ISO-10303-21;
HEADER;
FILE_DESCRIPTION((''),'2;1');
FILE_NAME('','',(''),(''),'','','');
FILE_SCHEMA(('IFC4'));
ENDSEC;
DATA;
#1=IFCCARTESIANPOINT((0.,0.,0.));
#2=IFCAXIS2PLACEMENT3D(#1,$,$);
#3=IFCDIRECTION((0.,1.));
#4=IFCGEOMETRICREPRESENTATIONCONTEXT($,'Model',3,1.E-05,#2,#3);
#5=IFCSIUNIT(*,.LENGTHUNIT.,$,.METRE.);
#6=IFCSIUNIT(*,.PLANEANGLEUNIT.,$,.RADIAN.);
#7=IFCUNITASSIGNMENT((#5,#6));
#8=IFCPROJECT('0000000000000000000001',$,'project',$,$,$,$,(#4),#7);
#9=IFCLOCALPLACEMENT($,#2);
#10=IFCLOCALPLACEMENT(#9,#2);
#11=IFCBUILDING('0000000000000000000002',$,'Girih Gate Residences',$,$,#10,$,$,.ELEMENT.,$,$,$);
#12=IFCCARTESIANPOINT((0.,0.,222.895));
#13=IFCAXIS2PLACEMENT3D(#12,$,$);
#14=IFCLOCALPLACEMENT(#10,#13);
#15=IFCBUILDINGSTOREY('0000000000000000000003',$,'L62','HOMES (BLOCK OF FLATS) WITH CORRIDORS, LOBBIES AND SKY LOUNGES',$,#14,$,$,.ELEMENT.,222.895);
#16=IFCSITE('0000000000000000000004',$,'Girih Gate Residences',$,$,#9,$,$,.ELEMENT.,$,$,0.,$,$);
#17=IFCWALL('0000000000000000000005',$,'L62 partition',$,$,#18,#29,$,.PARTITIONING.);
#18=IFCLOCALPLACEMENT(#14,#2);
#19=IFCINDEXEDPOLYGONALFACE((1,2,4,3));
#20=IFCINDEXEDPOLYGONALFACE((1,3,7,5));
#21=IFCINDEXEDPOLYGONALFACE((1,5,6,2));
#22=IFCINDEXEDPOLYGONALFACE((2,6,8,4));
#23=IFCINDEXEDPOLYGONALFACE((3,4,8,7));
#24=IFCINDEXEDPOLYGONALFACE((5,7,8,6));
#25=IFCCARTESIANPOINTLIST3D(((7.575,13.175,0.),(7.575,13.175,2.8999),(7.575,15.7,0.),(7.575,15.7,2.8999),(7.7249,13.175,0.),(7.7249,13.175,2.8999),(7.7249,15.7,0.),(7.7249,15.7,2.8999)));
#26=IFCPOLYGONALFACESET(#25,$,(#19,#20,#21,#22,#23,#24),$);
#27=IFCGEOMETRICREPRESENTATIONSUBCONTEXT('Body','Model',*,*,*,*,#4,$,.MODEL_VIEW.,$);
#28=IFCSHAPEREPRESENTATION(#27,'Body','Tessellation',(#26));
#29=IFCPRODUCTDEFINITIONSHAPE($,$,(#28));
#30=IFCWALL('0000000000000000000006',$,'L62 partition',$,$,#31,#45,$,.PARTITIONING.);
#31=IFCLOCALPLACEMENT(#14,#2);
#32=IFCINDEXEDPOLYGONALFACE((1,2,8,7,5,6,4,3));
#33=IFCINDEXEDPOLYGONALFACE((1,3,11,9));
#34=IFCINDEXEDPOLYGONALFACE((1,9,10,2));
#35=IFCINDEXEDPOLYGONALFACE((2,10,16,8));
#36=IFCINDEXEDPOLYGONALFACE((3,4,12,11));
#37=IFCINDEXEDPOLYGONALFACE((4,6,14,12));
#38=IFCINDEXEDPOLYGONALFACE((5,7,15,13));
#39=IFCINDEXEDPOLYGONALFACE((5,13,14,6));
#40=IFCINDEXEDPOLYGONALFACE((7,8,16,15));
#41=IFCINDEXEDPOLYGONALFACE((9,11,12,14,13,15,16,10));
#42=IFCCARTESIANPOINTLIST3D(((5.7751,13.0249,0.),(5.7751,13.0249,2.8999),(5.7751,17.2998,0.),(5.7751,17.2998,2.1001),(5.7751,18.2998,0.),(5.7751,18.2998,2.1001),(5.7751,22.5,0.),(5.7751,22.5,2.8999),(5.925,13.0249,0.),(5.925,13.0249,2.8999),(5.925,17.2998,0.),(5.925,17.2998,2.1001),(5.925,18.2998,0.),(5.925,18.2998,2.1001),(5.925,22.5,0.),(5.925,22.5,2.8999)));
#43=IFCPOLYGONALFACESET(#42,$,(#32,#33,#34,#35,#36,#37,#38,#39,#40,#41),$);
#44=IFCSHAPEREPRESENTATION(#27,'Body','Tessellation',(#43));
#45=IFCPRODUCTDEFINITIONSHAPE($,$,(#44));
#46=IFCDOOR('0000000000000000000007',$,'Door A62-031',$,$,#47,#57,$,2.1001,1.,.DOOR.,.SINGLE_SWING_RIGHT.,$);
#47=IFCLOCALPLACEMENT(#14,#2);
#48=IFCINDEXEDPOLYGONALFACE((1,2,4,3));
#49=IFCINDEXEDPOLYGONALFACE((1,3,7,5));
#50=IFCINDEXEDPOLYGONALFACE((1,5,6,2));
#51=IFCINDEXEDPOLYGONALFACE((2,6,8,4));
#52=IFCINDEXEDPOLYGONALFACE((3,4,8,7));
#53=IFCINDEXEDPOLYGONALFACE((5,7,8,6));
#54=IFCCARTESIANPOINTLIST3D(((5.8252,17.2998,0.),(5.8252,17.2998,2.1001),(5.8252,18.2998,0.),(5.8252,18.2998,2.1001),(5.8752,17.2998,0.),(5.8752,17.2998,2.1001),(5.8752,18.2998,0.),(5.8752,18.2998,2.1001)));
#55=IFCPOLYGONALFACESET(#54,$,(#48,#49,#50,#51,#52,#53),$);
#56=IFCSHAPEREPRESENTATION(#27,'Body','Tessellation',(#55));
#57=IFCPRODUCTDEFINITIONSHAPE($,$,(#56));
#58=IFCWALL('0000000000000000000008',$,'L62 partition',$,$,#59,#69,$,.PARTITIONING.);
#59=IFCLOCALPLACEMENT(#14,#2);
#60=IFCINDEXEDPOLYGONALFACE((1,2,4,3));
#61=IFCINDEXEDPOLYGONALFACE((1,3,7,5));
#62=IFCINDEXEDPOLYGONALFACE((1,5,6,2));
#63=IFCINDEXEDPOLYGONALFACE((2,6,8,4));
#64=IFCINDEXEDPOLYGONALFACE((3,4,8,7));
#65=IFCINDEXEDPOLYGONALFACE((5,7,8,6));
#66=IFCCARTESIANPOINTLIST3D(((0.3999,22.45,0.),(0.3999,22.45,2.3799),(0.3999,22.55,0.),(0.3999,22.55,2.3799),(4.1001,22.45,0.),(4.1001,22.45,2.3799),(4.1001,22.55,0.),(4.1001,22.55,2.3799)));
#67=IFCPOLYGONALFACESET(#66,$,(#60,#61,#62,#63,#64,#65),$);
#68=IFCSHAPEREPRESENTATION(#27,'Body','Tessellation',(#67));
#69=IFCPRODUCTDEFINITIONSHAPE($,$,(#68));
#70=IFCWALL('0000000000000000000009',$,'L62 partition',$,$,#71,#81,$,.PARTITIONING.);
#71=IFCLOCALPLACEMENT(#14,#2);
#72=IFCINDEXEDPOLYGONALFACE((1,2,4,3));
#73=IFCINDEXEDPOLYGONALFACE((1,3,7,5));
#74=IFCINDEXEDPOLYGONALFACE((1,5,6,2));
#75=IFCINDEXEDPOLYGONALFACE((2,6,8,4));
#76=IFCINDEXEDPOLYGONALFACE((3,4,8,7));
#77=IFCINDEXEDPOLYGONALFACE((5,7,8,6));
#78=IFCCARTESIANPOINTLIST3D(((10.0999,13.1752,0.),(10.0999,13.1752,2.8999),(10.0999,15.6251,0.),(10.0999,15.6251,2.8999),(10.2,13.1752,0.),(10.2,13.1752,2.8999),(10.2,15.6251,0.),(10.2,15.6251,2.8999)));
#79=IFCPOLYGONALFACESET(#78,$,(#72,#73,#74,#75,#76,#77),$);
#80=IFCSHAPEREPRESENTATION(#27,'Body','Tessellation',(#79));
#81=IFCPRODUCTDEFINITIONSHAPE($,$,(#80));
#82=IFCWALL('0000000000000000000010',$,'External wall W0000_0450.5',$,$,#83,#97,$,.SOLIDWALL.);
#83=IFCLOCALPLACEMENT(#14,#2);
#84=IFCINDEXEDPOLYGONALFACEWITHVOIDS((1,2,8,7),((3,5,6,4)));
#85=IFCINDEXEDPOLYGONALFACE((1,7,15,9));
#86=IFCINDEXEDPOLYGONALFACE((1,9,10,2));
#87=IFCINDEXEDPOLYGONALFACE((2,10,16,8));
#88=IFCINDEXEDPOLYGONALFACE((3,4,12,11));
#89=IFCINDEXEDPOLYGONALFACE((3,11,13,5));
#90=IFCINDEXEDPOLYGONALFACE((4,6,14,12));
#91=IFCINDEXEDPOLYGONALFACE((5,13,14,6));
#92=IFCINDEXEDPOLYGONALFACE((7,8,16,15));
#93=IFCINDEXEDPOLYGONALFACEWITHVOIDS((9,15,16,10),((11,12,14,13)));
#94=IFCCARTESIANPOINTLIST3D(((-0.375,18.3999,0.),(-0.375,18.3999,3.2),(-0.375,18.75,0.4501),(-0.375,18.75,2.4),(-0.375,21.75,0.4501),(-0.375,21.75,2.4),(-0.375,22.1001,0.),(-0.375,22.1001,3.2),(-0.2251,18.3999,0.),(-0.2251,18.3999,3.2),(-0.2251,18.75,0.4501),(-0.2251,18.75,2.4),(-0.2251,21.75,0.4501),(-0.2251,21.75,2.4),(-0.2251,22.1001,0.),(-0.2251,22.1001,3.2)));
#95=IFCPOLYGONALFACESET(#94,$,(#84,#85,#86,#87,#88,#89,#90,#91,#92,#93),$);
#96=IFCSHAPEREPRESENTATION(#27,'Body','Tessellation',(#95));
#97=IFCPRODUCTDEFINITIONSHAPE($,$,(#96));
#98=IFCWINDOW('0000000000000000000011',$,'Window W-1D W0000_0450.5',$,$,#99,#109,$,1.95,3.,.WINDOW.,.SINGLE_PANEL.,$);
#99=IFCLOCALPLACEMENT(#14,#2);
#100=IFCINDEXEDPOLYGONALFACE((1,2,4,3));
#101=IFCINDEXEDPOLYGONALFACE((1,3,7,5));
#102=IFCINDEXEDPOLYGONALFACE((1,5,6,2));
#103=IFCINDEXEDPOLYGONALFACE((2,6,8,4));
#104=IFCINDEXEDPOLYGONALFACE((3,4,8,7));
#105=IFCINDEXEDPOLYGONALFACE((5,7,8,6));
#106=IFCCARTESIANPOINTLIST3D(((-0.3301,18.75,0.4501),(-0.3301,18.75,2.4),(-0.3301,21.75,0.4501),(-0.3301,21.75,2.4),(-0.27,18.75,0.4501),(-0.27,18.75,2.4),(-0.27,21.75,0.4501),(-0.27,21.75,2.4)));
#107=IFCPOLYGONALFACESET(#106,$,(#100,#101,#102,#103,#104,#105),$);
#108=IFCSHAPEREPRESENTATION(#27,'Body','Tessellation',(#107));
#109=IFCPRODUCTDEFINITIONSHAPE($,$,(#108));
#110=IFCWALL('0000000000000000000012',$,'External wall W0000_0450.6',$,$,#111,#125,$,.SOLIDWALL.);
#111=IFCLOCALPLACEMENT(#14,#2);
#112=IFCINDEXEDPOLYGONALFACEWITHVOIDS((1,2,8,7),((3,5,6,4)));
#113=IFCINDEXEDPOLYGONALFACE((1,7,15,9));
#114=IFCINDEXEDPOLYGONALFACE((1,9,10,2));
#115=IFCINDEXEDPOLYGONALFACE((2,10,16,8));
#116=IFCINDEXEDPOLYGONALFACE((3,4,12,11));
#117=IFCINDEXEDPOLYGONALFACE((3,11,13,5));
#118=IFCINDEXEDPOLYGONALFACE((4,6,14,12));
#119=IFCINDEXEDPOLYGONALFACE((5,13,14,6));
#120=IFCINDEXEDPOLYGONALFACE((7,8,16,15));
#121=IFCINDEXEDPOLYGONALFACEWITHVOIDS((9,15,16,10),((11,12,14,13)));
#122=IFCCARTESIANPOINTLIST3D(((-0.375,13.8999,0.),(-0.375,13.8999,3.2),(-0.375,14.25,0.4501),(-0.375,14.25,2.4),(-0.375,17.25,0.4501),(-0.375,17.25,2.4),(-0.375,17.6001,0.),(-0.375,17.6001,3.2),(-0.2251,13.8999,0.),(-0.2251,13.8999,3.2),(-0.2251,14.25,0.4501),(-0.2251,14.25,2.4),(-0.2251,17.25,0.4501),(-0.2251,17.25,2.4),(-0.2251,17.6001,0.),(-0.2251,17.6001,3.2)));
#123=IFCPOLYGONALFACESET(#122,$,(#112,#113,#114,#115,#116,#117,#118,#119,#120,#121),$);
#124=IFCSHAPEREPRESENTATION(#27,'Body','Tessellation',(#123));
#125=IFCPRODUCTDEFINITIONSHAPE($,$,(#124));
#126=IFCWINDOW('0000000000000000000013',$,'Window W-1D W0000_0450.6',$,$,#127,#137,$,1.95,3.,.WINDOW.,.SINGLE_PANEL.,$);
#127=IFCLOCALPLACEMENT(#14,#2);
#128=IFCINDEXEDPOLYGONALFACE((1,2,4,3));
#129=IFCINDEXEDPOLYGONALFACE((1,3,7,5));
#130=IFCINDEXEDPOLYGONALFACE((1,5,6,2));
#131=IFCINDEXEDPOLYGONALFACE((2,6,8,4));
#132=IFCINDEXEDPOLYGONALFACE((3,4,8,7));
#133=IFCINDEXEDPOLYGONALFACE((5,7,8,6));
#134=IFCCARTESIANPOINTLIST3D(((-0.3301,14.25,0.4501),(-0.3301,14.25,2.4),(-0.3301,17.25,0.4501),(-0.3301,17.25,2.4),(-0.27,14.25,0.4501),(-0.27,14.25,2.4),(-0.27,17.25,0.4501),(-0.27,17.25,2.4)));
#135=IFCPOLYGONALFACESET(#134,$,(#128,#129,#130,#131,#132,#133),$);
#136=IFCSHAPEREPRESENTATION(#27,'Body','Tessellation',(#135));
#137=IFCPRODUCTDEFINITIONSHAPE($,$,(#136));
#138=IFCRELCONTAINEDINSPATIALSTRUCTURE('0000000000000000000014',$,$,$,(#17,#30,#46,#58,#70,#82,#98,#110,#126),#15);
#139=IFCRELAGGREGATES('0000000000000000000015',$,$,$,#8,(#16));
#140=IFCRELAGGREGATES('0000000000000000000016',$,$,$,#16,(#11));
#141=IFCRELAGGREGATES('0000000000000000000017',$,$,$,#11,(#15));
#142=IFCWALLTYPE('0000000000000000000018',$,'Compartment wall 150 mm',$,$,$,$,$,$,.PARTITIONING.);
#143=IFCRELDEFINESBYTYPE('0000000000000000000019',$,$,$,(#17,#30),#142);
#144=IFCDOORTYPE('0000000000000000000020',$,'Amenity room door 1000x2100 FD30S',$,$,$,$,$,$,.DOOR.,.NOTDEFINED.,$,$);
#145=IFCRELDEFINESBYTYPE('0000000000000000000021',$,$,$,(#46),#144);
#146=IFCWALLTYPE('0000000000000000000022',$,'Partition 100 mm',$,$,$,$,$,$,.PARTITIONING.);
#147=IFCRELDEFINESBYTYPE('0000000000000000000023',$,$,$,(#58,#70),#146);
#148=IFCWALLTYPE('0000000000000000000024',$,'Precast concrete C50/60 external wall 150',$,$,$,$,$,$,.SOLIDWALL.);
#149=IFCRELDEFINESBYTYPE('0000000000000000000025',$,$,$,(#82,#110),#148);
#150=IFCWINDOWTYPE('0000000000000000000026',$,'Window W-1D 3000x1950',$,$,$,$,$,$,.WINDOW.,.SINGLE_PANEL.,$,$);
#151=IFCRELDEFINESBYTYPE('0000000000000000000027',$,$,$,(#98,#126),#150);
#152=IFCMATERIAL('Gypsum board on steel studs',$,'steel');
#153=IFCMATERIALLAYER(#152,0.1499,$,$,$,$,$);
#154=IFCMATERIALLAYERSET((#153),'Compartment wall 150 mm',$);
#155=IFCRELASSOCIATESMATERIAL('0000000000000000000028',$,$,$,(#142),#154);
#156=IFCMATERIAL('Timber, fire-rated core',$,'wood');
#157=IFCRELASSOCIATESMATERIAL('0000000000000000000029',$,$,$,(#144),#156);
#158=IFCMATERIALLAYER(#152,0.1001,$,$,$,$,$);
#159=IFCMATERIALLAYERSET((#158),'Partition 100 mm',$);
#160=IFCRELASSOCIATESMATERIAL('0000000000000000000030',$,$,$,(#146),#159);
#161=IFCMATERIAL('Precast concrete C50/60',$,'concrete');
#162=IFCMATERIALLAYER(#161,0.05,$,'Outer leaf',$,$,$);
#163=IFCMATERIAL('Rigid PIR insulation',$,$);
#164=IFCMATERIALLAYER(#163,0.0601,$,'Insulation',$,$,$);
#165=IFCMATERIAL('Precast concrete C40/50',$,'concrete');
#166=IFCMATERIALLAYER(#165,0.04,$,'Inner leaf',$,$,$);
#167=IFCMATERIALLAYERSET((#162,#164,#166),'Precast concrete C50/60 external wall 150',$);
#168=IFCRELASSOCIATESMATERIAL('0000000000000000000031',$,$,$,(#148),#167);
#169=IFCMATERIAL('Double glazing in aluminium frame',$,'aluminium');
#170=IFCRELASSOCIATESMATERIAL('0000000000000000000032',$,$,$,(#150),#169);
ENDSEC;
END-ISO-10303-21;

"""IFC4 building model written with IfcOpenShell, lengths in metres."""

from ifc_helpers import new_model, si_unit, direction, frame, frame_2d, origin, place, context, subcontext, project, spatial, rectangle, extrude, material, layer, layer_set, type_object, element, fill, save


model = new_model("IFC4")

# Units and contexts
model_context = context("Model", 3, precision=1e-05, world=origin(), true_north=direction((0.0, 1.0)))
body_context = subcontext(model_context, "Body", "Model", "MODEL_VIEW")
ifc_project = project(units=[si_unit("LENGTHUNIT", "METRE"), si_unit("PLANEANGLEUNIT", "RADIAN")], contexts=[model_context])

# Site, building, storey
site_placement = place(None, origin())
site = spatial("IfcSite", under=ifc_project, at=site_placement, Name="Girih Gate Residences", CompositionType="ELEMENT", RefElevation=0.0)
building_placement = place(site_placement, origin())
building = spatial("IfcBuilding", under=site, at=building_placement, Name="Girih Gate Residences", CompositionType="ELEMENT")
storey_placement = place(building_placement, frame((0.0, 0.0, 222.895)))
storey = spatial("IfcBuildingStorey", under=building, at=storey_placement, Name="L62", Description="HOMES (BLOCK OF FLATS) WITH CORRIDORS, LOBBIES AND SKY LOUNGES", CompositionType="ELEMENT", Elevation=222.895)

# Shared definitions
ifc_material_1 = material(Name="Gypsum board on steel studs", Category="steel")
ifc_layer_1 = layer(ifc_material_1, 0.1499)
ifc_layer_set_1 = layer_set([ifc_layer_1], Name="Compartment wall 150 mm")
wall_type_1 = type_object("IfcWallType", Name="Compartment wall 150 mm", PredefinedType="PARTITIONING", material=ifc_layer_set_1)

# Wall
wall_1_placement = place(storey_placement, frame((7.6499, 13.175, 0.0), z_axis=(0.0, 0.0, 1.0), x_axis=(0.0, 1.0, 0.0)))
element("IfcWall", 1, at=wall_1_placement, inside=storey, type_object=wall_type_1, Name="L62 partition", PredefinedType="PARTITIONING", context=body_context, shape_type="SweptSolid", body=[
    extrude(rectangle(XDim=2.5249, YDim=0.1499, at=frame_2d((1.2625, 0.0))), origin(), (0.0, 0.0, 1.0), 2.8999),
])

# Wall, opening, door
wall_2_placement = place(storey_placement, frame((5.8501, 13.0249, 0.0), z_axis=(0.0, 0.0, 1.0), x_axis=(0.0, 1.0, 0.0)))
wall_2 = element("IfcWall", 2, at=wall_2_placement, inside=storey, type_object=wall_type_1, Name="L62 partition", PredefinedType="PARTITIONING", context=body_context, shape_type="SweptSolid", body=[
    extrude(rectangle(XDim=9.4751, YDim=0.1499, at=frame_2d((4.7375, 0.0))), origin(), (0.0, 0.0, 1.0), 2.8999),
])
opening_1_placement = place(wall_2_placement, frame((4.2749, 0.0, 0.0)))
opening_1 = element("IfcOpeningElement", 3, at=opening_1_placement, cuts=wall_2, PredefinedType="OPENING", context=body_context, shape_type="SweptSolid", body=[
    extrude(rectangle(XDim=1.0, YDim=2.1001, at=frame_2d((0.5, 1.05))), frame((0.0, 0.085, 0.0), z_axis=(0.0, -1.0, 0.0), x_axis=(1.0, 0.0, 0.0)), (0.0, 0.0, 1.0), 0.1699),
])
ifc_material_2 = material(Name="Timber, fire-rated core", Category="wood")
door_type_1 = type_object("IfcDoorType", Name="Amenity room door 1000x2100 FD30S", OperationType="NOTDEFINED", PredefinedType="DOOR", material=ifc_material_2)
door_1_placement = place(opening_1_placement, origin())
door_1 = element("IfcDoor", 4, at=door_1_placement, inside=storey, type_object=door_type_1, Name="Door A62-031", OperationType="SINGLE_SWING_RIGHT", OverallHeight=2.1001, OverallWidth=1.0, PredefinedType="DOOR", context=body_context, shape_type="SweptSolid", body=[
    extrude(rectangle(XDim=1.0, YDim=2.1001, at=frame_2d((0.5, 1.05))), frame((0.0, 0.0249, 0.0), z_axis=(0.0, -1.0, 0.0), x_axis=(1.0, 0.0, 0.0)), (0.0, 0.0, 1.0), 0.05),
])
fill(opening_1, door_1)

# Walls
ifc_layer_2 = layer(ifc_material_1, 0.1001)
ifc_layer_set_2 = layer_set([ifc_layer_2], Name="Partition 100 mm")
wall_type_2 = type_object("IfcWallType", Name="Partition 100 mm", PredefinedType="PARTITIONING", material=ifc_layer_set_2)
wall_3_placement = place(storey_placement, frame((0.3999, 22.5, 0.0), z_axis=(0.0, 0.0, 1.0), x_axis=(1.0, 0.0, 0.0)))
element("IfcWall", 5, at=wall_3_placement, inside=storey, type_object=wall_type_2, Name="L62 partition", PredefinedType="PARTITIONING", context=body_context, shape_type="SweptSolid", body=[
    extrude(rectangle(XDim=3.7002, YDim=0.1001, at=frame_2d((1.8501, 0.0))), origin(), (0.0, 0.0, 1.0), 2.3799),
])
wall_4_placement = place(storey_placement, frame((10.1499, 13.175, 0.0), z_axis=(0.0, 0.0, 1.0), x_axis=(0.0, 1.0, 0.0)))
element("IfcWall", 6, at=wall_4_placement, inside=storey, type_object=wall_type_2, Name="L62 partition", PredefinedType="PARTITIONING", context=body_context, shape_type="SweptSolid", body=[
    extrude(rectangle(XDim=2.45, YDim=0.1001, at=frame_2d((1.2251, 0.0))), origin(), (0.0, 0.0, 1.0), 2.8999),
])

# Walls, openings, windows
ifc_material_3 = material(Name="Precast concrete C50/60", Category="concrete")
ifc_layer_3 = layer(ifc_material_3, 0.05, Name="Outer leaf")
ifc_material_4 = material(Name="Rigid PIR insulation")
ifc_layer_4 = layer(ifc_material_4, 0.0601, Name="Insulation")
ifc_material_5 = material(Name="Precast concrete C40/50", Category="concrete")
ifc_layer_5 = layer(ifc_material_5, 0.04, Name="Inner leaf")
ifc_layer_set_3 = layer_set([ifc_layer_3, ifc_layer_4, ifc_layer_5], Name="Precast concrete C50/60 external wall 150")
wall_type_3 = type_object("IfcWallType", Name="Precast concrete C50/60 external wall 150", PredefinedType="SOLIDWALL", material=ifc_layer_set_3)
wall_5_placement = place(storey_placement, frame((-0.3, 18.3999, 0.0), z_axis=(0.0, 0.0, 1.0), x_axis=(0.0, 1.0, 0.0)))
wall_5 = element("IfcWall", 7, at=wall_5_placement, inside=storey, type_object=wall_type_3, Name="External wall W0000_0450.5", PredefinedType="SOLIDWALL", context=body_context, shape_type="SweptSolid", body=[
    extrude(rectangle(XDim=3.7002, YDim=0.1499, at=frame_2d((1.8501, 0.0))), origin(), (0.0, 0.0, 1.0), 3.2),
])
opening_2_placement = place(wall_5_placement, frame((0.3501, 0.0, 0.45)))
opening_2 = element("IfcOpeningElement", 8, at=opening_2_placement, cuts=wall_5, PredefinedType="OPENING", context=body_context, shape_type="SweptSolid", body=[
    extrude(rectangle(XDim=3.0, YDim=1.95, at=frame_2d((1.5, 0.9751))), frame((0.0, 0.085, 0.0), z_axis=(0.0, -1.0, 0.0), x_axis=(1.0, 0.0, 0.0)), (0.0, 0.0, 1.0), 0.1699),
])
ifc_material_6 = material(Name="Double glazing in aluminium frame", Category="aluminium")
window_type = type_object("IfcWindowType", Name="Window W-1D 3000x1950", PartitioningType="SINGLE_PANEL", PredefinedType="WINDOW", material=ifc_material_6)
window_1_placement = place(opening_2_placement, origin())
window_1 = element("IfcWindow", 9, at=window_1_placement, inside=storey, type_object=window_type, Name="Window W-1D W0000_0450.5", OverallHeight=1.95, OverallWidth=3.0, PartitioningType="SINGLE_PANEL", PredefinedType="WINDOW", context=body_context, shape_type="SweptSolid", body=[
    extrude(rectangle(XDim=3.0, YDim=1.95, at=frame_2d((1.5, 0.9751))), frame((0.0, 0.03, 0.0), z_axis=(0.0, -1.0, 0.0), x_axis=(1.0, 0.0, 0.0)), (0.0, 0.0, 1.0), 0.0601),
])
fill(opening_2, window_1)
wall_6_placement = place(storey_placement, frame((-0.3, 13.8999, 0.0), z_axis=(0.0, 0.0, 1.0), x_axis=(0.0, 1.0, 0.0)))
wall_6 = element("IfcWall", 10, at=wall_6_placement, inside=storey, type_object=wall_type_3, Name="External wall W0000_0450.6", PredefinedType="SOLIDWALL", context=body_context, shape_type="SweptSolid", body=[
    extrude(rectangle(XDim=3.7002, YDim=0.1499, at=frame_2d((1.8501, 0.0))), origin(), (0.0, 0.0, 1.0), 3.2),
])
opening_3_placement = place(wall_6_placement, frame((0.3501, 0.0, 0.45)))
opening_3 = element("IfcOpeningElement", 11, at=opening_3_placement, cuts=wall_6, PredefinedType="OPENING", context=body_context, shape_type="SweptSolid", body=[
    extrude(rectangle(XDim=3.0, YDim=1.95, at=frame_2d((1.5, 0.9751))), frame((0.0, 0.085, 0.0), z_axis=(0.0, -1.0, 0.0), x_axis=(1.0, 0.0, 0.0)), (0.0, 0.0, 1.0), 0.1699),
])
window_2_placement = place(opening_3_placement, origin())
window_2 = element("IfcWindow", 12, at=window_2_placement, inside=storey, type_object=window_type, Name="Window W-1D W0000_0450.6", OverallHeight=1.95, OverallWidth=3.0, PartitioningType="SINGLE_PANEL", PredefinedType="WINDOW", context=body_context, shape_type="SweptSolid", body=[
    extrude(rectangle(XDim=3.0, YDim=1.95, at=frame_2d((1.5, 0.9751))), frame((0.0, 0.03, 0.0), z_axis=(0.0, -1.0, 0.0), x_axis=(1.0, 0.0, 0.0)), (0.0, 0.0, 1.0), 0.0601),
])
fill(opening_3, window_2)

save(model, "model.ifc")
